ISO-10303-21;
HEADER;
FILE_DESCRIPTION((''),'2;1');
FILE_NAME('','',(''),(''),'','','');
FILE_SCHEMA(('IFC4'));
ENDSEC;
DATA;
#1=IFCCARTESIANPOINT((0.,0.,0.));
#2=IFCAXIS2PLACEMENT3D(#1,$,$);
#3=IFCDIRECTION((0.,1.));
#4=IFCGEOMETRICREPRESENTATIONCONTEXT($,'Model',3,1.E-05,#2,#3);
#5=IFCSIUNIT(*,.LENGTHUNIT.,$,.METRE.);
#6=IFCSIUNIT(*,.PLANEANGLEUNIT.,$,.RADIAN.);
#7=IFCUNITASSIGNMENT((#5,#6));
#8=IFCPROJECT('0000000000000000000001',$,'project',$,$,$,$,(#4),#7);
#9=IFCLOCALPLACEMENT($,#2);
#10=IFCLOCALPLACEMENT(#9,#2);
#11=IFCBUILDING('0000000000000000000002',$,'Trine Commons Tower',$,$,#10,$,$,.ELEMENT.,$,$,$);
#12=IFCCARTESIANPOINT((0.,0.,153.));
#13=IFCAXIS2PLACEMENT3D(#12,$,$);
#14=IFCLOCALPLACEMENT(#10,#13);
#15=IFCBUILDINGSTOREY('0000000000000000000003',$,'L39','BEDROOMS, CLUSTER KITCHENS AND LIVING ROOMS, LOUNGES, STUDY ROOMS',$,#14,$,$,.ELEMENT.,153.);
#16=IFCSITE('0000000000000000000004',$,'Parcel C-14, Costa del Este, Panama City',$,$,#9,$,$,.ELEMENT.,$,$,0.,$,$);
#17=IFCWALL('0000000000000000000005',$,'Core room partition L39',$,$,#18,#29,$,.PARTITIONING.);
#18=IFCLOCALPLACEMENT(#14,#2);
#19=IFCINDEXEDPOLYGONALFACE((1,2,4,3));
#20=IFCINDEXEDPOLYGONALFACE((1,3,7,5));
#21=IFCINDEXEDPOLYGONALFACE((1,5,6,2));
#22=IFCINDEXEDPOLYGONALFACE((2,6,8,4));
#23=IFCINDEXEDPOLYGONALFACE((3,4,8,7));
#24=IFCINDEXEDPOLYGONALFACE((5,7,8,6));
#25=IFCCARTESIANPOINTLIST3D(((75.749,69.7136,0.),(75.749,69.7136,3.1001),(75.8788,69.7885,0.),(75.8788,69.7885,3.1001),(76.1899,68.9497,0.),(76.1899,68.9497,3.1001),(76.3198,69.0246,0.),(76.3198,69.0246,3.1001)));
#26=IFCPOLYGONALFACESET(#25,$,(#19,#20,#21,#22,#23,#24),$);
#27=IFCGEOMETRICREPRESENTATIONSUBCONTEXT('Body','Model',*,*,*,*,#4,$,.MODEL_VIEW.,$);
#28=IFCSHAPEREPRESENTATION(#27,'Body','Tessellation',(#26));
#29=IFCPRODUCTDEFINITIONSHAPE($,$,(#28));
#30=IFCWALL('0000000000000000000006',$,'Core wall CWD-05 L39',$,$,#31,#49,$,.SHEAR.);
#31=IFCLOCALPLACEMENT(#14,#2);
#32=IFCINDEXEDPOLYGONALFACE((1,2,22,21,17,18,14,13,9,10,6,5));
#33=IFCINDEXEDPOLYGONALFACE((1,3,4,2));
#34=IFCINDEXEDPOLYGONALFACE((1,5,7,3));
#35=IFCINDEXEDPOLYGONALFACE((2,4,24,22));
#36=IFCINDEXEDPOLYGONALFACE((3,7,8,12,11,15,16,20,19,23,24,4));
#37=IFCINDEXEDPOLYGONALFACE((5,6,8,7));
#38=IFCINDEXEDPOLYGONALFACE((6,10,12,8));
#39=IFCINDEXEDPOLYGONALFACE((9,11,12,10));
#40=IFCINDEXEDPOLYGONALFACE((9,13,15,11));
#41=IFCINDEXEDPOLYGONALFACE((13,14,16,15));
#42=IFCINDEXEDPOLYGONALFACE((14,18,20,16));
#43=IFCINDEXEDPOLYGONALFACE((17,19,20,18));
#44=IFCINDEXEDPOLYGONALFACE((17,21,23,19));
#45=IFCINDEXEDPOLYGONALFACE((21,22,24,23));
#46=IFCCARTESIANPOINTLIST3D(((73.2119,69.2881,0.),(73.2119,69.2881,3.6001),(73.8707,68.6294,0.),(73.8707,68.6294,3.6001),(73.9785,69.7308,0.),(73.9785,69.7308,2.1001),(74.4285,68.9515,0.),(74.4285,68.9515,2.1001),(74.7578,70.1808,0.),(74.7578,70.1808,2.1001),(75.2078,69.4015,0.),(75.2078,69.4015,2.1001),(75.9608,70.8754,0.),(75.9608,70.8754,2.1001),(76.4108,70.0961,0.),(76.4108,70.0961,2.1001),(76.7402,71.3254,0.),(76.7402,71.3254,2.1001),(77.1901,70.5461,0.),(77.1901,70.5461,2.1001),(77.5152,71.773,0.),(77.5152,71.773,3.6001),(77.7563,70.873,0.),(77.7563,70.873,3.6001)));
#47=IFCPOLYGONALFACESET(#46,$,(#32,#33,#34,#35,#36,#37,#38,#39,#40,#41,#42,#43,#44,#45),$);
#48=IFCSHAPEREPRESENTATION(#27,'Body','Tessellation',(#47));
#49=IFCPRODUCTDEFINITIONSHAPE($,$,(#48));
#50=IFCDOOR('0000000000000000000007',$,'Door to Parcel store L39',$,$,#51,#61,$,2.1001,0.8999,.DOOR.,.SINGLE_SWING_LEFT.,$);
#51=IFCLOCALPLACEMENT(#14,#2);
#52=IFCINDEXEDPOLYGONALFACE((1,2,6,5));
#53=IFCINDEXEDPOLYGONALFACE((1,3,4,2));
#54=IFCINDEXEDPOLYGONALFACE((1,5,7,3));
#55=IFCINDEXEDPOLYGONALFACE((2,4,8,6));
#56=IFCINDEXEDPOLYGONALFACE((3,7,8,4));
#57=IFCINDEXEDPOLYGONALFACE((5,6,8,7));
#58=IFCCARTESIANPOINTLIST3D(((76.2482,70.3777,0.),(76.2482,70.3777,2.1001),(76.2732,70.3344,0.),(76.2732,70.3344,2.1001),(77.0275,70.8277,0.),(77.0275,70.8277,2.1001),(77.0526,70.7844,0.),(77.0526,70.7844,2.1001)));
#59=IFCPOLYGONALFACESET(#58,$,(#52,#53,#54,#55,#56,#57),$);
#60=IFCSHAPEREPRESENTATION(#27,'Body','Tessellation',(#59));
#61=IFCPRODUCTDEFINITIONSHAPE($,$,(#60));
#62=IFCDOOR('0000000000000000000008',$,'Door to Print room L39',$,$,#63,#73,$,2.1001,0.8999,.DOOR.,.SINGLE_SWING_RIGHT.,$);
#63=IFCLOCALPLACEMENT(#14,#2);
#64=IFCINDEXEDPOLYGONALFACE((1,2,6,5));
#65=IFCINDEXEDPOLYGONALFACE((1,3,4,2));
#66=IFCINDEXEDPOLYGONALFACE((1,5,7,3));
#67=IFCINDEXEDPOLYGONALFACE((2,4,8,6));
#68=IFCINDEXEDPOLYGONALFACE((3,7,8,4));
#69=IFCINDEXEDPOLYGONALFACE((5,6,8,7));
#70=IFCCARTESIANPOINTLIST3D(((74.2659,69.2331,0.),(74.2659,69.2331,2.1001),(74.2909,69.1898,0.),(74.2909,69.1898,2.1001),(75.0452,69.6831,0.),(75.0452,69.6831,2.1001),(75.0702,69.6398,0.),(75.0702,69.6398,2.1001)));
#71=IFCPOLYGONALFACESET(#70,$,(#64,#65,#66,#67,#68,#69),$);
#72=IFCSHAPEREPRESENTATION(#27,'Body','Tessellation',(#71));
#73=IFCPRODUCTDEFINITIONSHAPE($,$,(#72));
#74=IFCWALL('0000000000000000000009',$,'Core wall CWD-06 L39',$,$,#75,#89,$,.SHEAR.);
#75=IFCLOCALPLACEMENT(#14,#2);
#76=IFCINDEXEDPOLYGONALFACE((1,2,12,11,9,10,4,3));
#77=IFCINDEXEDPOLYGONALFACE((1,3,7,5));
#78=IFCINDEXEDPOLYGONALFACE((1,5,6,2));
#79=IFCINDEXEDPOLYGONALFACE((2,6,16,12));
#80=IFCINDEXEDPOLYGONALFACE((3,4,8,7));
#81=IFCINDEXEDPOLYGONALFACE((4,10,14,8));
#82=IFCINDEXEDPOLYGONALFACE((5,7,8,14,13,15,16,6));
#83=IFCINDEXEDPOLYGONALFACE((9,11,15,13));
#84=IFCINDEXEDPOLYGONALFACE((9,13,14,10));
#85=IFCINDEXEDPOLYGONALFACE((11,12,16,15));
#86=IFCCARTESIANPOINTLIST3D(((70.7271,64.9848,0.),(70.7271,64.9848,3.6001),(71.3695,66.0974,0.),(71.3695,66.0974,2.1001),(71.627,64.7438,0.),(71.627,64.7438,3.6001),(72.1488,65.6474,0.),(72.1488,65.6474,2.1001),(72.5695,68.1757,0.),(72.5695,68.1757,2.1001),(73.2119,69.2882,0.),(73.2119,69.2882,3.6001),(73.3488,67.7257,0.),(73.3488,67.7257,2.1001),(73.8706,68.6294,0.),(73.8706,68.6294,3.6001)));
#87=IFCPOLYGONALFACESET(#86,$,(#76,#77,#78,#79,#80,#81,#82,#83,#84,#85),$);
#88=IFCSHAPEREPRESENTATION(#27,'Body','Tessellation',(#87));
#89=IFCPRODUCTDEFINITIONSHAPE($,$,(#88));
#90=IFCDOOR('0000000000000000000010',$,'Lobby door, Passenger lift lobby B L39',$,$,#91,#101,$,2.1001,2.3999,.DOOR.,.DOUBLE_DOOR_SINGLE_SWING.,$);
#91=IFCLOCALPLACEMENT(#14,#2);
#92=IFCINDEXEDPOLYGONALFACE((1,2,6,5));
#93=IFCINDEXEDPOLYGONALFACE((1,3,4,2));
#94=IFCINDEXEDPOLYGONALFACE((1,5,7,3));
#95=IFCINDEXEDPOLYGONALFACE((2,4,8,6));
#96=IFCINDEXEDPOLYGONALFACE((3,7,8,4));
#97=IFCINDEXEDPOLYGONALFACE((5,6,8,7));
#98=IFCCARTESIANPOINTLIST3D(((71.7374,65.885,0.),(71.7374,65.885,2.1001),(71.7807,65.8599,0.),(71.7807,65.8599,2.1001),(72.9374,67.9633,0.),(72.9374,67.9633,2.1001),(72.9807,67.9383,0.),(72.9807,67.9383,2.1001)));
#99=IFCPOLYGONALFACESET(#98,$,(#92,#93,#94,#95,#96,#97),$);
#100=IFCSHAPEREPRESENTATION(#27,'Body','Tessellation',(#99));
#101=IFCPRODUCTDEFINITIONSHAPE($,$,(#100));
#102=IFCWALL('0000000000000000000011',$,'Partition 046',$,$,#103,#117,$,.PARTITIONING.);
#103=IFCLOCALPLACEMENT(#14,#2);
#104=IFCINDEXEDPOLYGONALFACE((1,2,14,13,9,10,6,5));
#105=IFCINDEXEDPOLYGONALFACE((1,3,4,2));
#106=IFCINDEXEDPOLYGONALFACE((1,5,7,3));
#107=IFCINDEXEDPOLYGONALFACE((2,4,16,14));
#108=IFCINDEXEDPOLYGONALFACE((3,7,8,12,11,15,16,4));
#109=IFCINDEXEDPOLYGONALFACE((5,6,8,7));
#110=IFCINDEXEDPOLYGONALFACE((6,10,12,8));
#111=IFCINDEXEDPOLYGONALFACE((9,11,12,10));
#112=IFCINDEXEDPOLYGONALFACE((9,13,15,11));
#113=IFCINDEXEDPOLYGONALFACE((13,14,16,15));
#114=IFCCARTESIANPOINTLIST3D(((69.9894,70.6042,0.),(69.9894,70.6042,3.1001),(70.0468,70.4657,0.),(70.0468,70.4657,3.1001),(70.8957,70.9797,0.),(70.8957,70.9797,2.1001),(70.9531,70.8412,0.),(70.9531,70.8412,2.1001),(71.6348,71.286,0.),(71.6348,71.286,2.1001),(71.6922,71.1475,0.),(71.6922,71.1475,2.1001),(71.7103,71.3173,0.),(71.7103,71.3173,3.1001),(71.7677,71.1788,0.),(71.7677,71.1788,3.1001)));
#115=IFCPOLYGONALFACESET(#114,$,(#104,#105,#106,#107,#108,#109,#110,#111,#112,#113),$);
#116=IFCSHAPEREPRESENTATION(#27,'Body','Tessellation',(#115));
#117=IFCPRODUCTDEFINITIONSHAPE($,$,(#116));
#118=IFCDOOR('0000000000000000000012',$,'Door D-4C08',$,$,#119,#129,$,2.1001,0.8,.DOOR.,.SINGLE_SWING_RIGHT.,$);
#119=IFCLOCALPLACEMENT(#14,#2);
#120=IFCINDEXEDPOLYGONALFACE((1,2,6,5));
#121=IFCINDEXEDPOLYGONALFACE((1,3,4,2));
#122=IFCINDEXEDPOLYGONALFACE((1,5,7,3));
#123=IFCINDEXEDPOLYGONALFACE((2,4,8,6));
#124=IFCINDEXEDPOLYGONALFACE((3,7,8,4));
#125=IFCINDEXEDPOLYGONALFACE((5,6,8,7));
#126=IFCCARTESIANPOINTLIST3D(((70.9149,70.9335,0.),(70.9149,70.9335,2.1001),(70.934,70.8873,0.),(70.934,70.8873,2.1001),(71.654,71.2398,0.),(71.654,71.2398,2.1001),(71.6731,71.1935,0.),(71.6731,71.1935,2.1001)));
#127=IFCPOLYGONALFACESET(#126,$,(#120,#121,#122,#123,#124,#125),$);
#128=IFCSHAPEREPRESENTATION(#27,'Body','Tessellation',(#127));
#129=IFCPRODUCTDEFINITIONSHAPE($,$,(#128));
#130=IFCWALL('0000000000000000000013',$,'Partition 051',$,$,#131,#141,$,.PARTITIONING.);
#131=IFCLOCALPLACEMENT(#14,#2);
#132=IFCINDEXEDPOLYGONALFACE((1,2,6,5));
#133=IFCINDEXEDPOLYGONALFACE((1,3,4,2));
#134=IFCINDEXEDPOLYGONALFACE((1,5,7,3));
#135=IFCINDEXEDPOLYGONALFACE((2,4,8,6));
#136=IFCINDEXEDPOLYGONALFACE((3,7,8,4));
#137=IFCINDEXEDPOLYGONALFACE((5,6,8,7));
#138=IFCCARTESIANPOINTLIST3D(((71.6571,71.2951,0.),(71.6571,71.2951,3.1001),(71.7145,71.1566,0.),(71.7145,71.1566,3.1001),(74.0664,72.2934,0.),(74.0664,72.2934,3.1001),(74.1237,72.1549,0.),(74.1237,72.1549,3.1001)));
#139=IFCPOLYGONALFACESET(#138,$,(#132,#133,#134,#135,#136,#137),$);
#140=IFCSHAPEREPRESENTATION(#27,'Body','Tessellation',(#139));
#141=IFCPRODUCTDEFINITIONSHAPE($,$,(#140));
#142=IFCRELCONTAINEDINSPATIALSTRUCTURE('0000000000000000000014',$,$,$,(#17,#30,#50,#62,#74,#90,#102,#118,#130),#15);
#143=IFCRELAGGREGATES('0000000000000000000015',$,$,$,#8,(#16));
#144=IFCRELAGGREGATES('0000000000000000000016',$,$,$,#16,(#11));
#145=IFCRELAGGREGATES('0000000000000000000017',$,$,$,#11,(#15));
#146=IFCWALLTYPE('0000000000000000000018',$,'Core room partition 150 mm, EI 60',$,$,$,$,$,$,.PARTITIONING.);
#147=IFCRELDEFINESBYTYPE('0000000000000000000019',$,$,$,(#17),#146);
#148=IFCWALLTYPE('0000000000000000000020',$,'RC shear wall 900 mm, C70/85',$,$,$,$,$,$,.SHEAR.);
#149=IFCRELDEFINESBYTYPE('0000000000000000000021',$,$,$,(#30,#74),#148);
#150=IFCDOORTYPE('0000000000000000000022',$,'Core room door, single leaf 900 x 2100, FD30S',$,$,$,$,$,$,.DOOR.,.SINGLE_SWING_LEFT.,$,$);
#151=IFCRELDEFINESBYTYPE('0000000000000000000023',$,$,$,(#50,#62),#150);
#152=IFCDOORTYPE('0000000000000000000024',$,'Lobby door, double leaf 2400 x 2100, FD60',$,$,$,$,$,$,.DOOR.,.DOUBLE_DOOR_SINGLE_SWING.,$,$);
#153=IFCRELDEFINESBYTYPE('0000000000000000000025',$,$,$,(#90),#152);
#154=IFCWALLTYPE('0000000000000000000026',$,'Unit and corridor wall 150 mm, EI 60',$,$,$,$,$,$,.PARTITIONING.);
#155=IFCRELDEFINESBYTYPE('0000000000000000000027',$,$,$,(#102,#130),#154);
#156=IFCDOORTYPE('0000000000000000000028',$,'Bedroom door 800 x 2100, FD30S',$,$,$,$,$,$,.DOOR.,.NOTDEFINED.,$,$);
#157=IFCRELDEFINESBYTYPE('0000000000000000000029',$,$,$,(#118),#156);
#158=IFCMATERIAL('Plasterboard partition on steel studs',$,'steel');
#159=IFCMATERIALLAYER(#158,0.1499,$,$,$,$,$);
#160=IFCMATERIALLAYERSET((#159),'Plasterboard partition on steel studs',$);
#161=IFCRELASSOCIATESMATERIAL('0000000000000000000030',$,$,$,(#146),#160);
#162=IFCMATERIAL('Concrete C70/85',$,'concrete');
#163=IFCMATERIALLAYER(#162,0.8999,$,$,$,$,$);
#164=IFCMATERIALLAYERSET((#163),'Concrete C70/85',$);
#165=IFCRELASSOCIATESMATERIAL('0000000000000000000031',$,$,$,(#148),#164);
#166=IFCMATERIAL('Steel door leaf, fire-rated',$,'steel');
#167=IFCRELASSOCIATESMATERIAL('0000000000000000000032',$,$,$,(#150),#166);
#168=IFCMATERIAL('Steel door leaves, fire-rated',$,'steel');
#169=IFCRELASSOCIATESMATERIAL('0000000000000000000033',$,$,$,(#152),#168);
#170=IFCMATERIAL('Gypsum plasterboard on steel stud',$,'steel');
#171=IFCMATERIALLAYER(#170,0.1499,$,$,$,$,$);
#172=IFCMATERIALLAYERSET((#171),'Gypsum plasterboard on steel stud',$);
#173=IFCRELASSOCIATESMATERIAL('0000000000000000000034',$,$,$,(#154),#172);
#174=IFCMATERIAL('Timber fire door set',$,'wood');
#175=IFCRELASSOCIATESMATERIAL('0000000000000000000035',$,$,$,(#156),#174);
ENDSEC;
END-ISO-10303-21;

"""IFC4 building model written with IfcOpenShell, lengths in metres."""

from ifc_helpers import new_model, si_unit, direction, frame, frame_2d, origin, place, context, subcontext, project, spatial, polyline, rectangle, outline, extrude, material, layer, layer_set, type_object, element, fill, save


model = new_model("IFC4")

# Units and contexts
model_context = context("Model", 3, precision=1e-05, world=origin(), true_north=direction((0.0, 1.0)))
body_context = subcontext(model_context, "Body", "Model", "MODEL_VIEW")
ifc_project = project(units=[si_unit("LENGTHUNIT", "METRE"), si_unit("PLANEANGLEUNIT", "RADIAN")], contexts=[model_context])

# Site, building, storey
site_placement = place(None, origin())
site = spatial("IfcSite", under=ifc_project, at=site_placement, Name="Parcel C-14, Costa del Este, Panama City", CompositionType="ELEMENT", RefElevation=0.0)
building_placement = place(site_placement, origin())
building = spatial("IfcBuilding", under=site, at=building_placement, Name="Trine Commons Tower", CompositionType="ELEMENT")
storey_placement = place(building_placement, frame((0.0, 0.0, 153.0)))
storey = spatial("IfcBuildingStorey", under=building, at=storey_placement, Name="L39", Description="BEDROOMS, CLUSTER KITCHENS AND LIVING ROOMS, LOUNGES, STUDY ROOMS", CompositionType="ELEMENT", Elevation=153.0)

# Wall
ifc_material_1 = material(Name="Plasterboard partition on steel studs", Category="steel")
ifc_layer_1 = layer(ifc_material_1, 0.1499)
ifc_layer_set_1 = layer_set([ifc_layer_1], Name="Plasterboard partition on steel studs")
wall_type_1 = type_object("IfcWallType", Name="Core room partition 150 mm, EI 60", PredefinedType="PARTITIONING", material=ifc_layer_set_1)
wall_1_placement = place(storey_placement, frame((75.814, 69.751, 0.0), z_axis=(0.0, 0.0, 1.0), x_axis=(0.49989, -0.866089, 0.0)))
element("IfcWall", 1, at=wall_1_placement, inside=storey, type_object=wall_type_1, Name="Core room partition L39", PredefinedType="PARTITIONING", context=body_context, shape_type="SweptSolid", body=[
    extrude(rectangle(XDim=0.8821, YDim=0.1499, at=frame_2d((0.4409, 0.0))), origin(), (0.0, 0.0, 1.0), 3.1001),
])

# Wall, openings, doors
ifc_material_2 = material(Name="Concrete C70/85", Category="concrete")
ifc_layer_2 = layer(ifc_material_2, 0.8999)
ifc_layer_set_2 = layer_set([ifc_layer_2], Name="Concrete C70/85")
wall_type_2 = type_object("IfcWallType", Name="RC shear wall 900 mm, C70/85", PredefinedType="SHEAR", material=ifc_layer_set_2)
wall_2_placement = place(storey_placement, frame((77.7402, 71.3833, 0.0), z_axis=(0.0, 0.0, 1.0), x_axis=(-0.866003, -0.500039, 0.0)))
wall_2 = element("IfcWall", 2, at=wall_2_placement, inside=storey, type_object=wall_type_2, Name="Core wall CWD-05 L39", PredefinedType="SHEAR", context=body_context, shape_type="SweptSolid", body=[
    extrude(outline(polyline([(0.0, -0.45), (4.9692, -0.45), (4.728, 0.45), (0.2412, 0.45), (0.0, -0.45)])), origin(), (0.0, 0.0, 1.0), 3.6001),
])
opening_1_placement = place(wall_2_placement, frame((0.895, 0.0, 0.0)))
opening_1 = element("IfcOpeningElement", 3, at=opening_1_placement, cuts=wall_2, PredefinedType="OPENING", context=body_context, shape_type="SweptSolid", body=[
    extrude(rectangle(XDim=0.8999, YDim=2.1001, at=frame_2d((0.45, 1.05))), frame((0.0, 0.46, 0.0), z_axis=(0.0, -1.0, 0.0), x_axis=(1.0, 0.0, 0.0)), (0.0, 0.0, 1.0), 0.9199),
])
opening_2_placement = place(wall_2_placement, frame((3.1841, 0.0, 0.0)))
opening_2 = element("IfcOpeningElement", 4, at=opening_2_placement, cuts=wall_2, PredefinedType="OPENING", context=body_context, shape_type="SweptSolid", body=[
    extrude(rectangle(XDim=0.8999, YDim=2.1001, at=frame_2d((0.45, 1.05))), frame((0.0, 0.46, 0.0), z_axis=(0.0, -1.0, 0.0), x_axis=(1.0, 0.0, 0.0)), (0.0, 0.0, 1.0), 0.9199),
])
ifc_material_3 = material(Name="Steel door leaf, fire-rated", Category="steel")
door_type_1 = type_object("IfcDoorType", Name="Core room door, single leaf 900 x 2100, FD30S", OperationType="SINGLE_SWING_LEFT", PredefinedType="DOOR", material=ifc_material_3)
door_1_placement = place(opening_1_placement, origin())
door_1 = element("IfcDoor", 5, at=door_1_placement, inside=storey, type_object=door_type_1, Name="Door to Parcel store L39", OperationType="SINGLE_SWING_LEFT", OverallHeight=2.1001, OverallWidth=0.8999, PredefinedType="DOOR", context=body_context, shape_type="SweptSolid", body=[
    extrude(rectangle(XDim=0.8999, YDim=2.1001, at=frame_2d((0.45, 1.05))), frame((0.0, 0.1748, 0.0), z_axis=(0.0, -1.0, 0.0), x_axis=(1.0, 0.0, 0.0)), (0.0, 0.0, 1.0), 0.05),
])
fill(opening_1, door_1)
door_2_placement = place(opening_2_placement, origin())
door_2 = element("IfcDoor", 6, at=door_2_placement, inside=storey, type_object=door_type_1, Name="Door to Print room L39", OperationType="SINGLE_SWING_RIGHT", OverallHeight=2.1001, OverallWidth=0.8999, PredefinedType="DOOR", context=body_context, shape_type="SweptSolid", body=[
    extrude(rectangle(XDim=0.8999, YDim=2.1001, at=frame_2d((0.45, 1.05))), frame((0.0, 0.1748, 0.0), z_axis=(0.0, -1.0, 0.0), x_axis=(1.0, 0.0, 0.0)), (0.0, 0.0, 1.0), 0.05),
])
fill(opening_2, door_2)

# Walls, openings, doors
wall_3_placement = place(storey_placement, frame((73.6016, 69.0632, 0.0), z_axis=(0.0, 0.0, 1.0), x_axis=(-0.500039, -0.866003, 0.0)))
wall_3 = element("IfcWall", 7, at=wall_3_placement, inside=storey, type_object=wall_type_2, Name="Core wall CWD-06 L39", PredefinedType="SHEAR", context=body_context, shape_type="SweptSolid", body=[
    extrude(outline(polyline([(0.0, -0.45), (4.9692, -0.45), (4.728, 0.45), (0.2412, 0.45), (0.0, -0.45)])), origin(), (0.0, 0.0, 1.0), 3.6001),
])
opening_3_placement = place(wall_3_placement, frame((1.2847, 0.0, 0.0)))
opening_3 = element("IfcOpeningElement", 8, at=opening_3_placement, cuts=wall_3, PredefinedType="OPENING", context=body_context, shape_type="SweptSolid", body=[
    extrude(rectangle(XDim=2.3999, YDim=2.1001, at=frame_2d((1.2, 1.05))), frame((0.0, 0.46, 0.0), z_axis=(0.0, -1.0, 0.0), x_axis=(1.0, 0.0, 0.0)), (0.0, 0.0, 1.0), 0.9199),
])
ifc_material_4 = material(Name="Steel door leaves, fire-rated", Category="steel")
door_type_2 = type_object("IfcDoorType", Name="Lobby door, double leaf 2400 x 2100, FD60", OperationType="DOUBLE_DOOR_SINGLE_SWING", PredefinedType="DOOR", material=ifc_material_4)
door_3_placement = place(opening_3_placement, origin())
door_3 = element("IfcDoor", 9, at=door_3_placement, inside=storey, type_object=door_type_2, Name="Lobby door, Passenger lift lobby B L39", OperationType="DOUBLE_DOOR_SINGLE_SWING", OverallHeight=2.1001, OverallWidth=2.3999, PredefinedType="DOOR", context=body_context, shape_type="SweptSolid", body=[
    extrude(rectangle(XDim=2.3999, YDim=2.1001, at=frame_2d((1.2, 1.05))), frame((0.0, 0.0249, 0.0), z_axis=(0.0, -1.0, 0.0), x_axis=(1.0, 0.0, 0.0)), (0.0, 0.0, 1.0), 0.05),
])
fill(opening_3, door_3)
ifc_material_5 = material(Name="Gypsum plasterboard on steel stud", Category="steel")
ifc_layer_3 = layer(ifc_material_5, 0.1499)
ifc_layer_set_3 = layer_set([ifc_layer_3], Name="Gypsum plasterboard on steel stud")
wall_type_3 = type_object("IfcWallType", Name="Unit and corridor wall 150 mm, EI 60", PredefinedType="PARTITIONING", material=ifc_layer_set_3)
wall_4_placement = place(storey_placement, frame((70.0181, 70.5349, 0.0), z_axis=(0.0, 0.0, 1.0), x_axis=(0.923824, 0.382819, 0.0)))
wall_4 = element("IfcWall", 10, at=wall_4_placement, inside=storey, type_object=wall_type_3, Name="Partition 046", PredefinedType="PARTITIONING", context=body_context, shape_type="SweptSolid", body=[
    extrude(rectangle(XDim=1.8628, YDim=0.1499, at=frame_2d((0.9314, 0.0))), origin(), (0.0, 0.0, 1.0), 3.1001),
])
opening_4_placement = place(wall_4_placement, frame((0.9812, 0.0, 0.0)))
opening_4 = element("IfcOpeningElement", 11, at=opening_4_placement, cuts=wall_4, PredefinedType="OPENING", context=body_context, shape_type="SweptSolid", body=[
    extrude(rectangle(XDim=0.8, YDim=2.1001, at=frame_2d((0.3999, 1.05))), frame((0.0, 0.085, 0.0), z_axis=(0.0, -1.0, 0.0), x_axis=(1.0, 0.0, 0.0)), (0.0, 0.0, 1.0), 0.1699),
])
ifc_material_6 = material(Name="Timber fire door set", Category="wood")
door_type_3 = type_object("IfcDoorType", Name="Bedroom door 800 x 2100, FD30S", OperationType="NOTDEFINED", PredefinedType="DOOR", material=ifc_material_6)
door_4_placement = place(opening_4_placement, origin())
door_4 = element("IfcDoor", 12, at=door_4_placement, inside=storey, type_object=door_type_3, Name="Door D-4C08", OperationType="SINGLE_SWING_RIGHT", OverallHeight=2.1001, OverallWidth=0.8, PredefinedType="DOOR", context=body_context, shape_type="SweptSolid", body=[
    extrude(rectangle(XDim=0.8, YDim=2.1001, at=frame_2d((0.3999, 1.05))), frame((0.0, 0.0249, 0.0), z_axis=(0.0, -1.0, 0.0), x_axis=(1.0, 0.0, 0.0)), (0.0, 0.0, 1.0), 0.05),
])
fill(opening_4, door_4)

# Wall
wall_5_placement = place(storey_placement, frame((71.6858, 71.2258, 0.0), z_axis=(0.0, 0.0, 1.0), x_axis=(0.923829, 0.382807, 0.0)))
element("IfcWall", 13, at=wall_5_placement, inside=storey, type_object=wall_type_3, Name="Partition 051", PredefinedType="PARTITIONING", context=body_context, shape_type="SweptSolid", body=[
    extrude(rectangle(XDim=2.6079, YDim=0.1499, at=frame_2d((1.304, 0.0))), origin(), (0.0, 0.0, 1.0), 3.1001),
])

save(model, "model.ifc")
